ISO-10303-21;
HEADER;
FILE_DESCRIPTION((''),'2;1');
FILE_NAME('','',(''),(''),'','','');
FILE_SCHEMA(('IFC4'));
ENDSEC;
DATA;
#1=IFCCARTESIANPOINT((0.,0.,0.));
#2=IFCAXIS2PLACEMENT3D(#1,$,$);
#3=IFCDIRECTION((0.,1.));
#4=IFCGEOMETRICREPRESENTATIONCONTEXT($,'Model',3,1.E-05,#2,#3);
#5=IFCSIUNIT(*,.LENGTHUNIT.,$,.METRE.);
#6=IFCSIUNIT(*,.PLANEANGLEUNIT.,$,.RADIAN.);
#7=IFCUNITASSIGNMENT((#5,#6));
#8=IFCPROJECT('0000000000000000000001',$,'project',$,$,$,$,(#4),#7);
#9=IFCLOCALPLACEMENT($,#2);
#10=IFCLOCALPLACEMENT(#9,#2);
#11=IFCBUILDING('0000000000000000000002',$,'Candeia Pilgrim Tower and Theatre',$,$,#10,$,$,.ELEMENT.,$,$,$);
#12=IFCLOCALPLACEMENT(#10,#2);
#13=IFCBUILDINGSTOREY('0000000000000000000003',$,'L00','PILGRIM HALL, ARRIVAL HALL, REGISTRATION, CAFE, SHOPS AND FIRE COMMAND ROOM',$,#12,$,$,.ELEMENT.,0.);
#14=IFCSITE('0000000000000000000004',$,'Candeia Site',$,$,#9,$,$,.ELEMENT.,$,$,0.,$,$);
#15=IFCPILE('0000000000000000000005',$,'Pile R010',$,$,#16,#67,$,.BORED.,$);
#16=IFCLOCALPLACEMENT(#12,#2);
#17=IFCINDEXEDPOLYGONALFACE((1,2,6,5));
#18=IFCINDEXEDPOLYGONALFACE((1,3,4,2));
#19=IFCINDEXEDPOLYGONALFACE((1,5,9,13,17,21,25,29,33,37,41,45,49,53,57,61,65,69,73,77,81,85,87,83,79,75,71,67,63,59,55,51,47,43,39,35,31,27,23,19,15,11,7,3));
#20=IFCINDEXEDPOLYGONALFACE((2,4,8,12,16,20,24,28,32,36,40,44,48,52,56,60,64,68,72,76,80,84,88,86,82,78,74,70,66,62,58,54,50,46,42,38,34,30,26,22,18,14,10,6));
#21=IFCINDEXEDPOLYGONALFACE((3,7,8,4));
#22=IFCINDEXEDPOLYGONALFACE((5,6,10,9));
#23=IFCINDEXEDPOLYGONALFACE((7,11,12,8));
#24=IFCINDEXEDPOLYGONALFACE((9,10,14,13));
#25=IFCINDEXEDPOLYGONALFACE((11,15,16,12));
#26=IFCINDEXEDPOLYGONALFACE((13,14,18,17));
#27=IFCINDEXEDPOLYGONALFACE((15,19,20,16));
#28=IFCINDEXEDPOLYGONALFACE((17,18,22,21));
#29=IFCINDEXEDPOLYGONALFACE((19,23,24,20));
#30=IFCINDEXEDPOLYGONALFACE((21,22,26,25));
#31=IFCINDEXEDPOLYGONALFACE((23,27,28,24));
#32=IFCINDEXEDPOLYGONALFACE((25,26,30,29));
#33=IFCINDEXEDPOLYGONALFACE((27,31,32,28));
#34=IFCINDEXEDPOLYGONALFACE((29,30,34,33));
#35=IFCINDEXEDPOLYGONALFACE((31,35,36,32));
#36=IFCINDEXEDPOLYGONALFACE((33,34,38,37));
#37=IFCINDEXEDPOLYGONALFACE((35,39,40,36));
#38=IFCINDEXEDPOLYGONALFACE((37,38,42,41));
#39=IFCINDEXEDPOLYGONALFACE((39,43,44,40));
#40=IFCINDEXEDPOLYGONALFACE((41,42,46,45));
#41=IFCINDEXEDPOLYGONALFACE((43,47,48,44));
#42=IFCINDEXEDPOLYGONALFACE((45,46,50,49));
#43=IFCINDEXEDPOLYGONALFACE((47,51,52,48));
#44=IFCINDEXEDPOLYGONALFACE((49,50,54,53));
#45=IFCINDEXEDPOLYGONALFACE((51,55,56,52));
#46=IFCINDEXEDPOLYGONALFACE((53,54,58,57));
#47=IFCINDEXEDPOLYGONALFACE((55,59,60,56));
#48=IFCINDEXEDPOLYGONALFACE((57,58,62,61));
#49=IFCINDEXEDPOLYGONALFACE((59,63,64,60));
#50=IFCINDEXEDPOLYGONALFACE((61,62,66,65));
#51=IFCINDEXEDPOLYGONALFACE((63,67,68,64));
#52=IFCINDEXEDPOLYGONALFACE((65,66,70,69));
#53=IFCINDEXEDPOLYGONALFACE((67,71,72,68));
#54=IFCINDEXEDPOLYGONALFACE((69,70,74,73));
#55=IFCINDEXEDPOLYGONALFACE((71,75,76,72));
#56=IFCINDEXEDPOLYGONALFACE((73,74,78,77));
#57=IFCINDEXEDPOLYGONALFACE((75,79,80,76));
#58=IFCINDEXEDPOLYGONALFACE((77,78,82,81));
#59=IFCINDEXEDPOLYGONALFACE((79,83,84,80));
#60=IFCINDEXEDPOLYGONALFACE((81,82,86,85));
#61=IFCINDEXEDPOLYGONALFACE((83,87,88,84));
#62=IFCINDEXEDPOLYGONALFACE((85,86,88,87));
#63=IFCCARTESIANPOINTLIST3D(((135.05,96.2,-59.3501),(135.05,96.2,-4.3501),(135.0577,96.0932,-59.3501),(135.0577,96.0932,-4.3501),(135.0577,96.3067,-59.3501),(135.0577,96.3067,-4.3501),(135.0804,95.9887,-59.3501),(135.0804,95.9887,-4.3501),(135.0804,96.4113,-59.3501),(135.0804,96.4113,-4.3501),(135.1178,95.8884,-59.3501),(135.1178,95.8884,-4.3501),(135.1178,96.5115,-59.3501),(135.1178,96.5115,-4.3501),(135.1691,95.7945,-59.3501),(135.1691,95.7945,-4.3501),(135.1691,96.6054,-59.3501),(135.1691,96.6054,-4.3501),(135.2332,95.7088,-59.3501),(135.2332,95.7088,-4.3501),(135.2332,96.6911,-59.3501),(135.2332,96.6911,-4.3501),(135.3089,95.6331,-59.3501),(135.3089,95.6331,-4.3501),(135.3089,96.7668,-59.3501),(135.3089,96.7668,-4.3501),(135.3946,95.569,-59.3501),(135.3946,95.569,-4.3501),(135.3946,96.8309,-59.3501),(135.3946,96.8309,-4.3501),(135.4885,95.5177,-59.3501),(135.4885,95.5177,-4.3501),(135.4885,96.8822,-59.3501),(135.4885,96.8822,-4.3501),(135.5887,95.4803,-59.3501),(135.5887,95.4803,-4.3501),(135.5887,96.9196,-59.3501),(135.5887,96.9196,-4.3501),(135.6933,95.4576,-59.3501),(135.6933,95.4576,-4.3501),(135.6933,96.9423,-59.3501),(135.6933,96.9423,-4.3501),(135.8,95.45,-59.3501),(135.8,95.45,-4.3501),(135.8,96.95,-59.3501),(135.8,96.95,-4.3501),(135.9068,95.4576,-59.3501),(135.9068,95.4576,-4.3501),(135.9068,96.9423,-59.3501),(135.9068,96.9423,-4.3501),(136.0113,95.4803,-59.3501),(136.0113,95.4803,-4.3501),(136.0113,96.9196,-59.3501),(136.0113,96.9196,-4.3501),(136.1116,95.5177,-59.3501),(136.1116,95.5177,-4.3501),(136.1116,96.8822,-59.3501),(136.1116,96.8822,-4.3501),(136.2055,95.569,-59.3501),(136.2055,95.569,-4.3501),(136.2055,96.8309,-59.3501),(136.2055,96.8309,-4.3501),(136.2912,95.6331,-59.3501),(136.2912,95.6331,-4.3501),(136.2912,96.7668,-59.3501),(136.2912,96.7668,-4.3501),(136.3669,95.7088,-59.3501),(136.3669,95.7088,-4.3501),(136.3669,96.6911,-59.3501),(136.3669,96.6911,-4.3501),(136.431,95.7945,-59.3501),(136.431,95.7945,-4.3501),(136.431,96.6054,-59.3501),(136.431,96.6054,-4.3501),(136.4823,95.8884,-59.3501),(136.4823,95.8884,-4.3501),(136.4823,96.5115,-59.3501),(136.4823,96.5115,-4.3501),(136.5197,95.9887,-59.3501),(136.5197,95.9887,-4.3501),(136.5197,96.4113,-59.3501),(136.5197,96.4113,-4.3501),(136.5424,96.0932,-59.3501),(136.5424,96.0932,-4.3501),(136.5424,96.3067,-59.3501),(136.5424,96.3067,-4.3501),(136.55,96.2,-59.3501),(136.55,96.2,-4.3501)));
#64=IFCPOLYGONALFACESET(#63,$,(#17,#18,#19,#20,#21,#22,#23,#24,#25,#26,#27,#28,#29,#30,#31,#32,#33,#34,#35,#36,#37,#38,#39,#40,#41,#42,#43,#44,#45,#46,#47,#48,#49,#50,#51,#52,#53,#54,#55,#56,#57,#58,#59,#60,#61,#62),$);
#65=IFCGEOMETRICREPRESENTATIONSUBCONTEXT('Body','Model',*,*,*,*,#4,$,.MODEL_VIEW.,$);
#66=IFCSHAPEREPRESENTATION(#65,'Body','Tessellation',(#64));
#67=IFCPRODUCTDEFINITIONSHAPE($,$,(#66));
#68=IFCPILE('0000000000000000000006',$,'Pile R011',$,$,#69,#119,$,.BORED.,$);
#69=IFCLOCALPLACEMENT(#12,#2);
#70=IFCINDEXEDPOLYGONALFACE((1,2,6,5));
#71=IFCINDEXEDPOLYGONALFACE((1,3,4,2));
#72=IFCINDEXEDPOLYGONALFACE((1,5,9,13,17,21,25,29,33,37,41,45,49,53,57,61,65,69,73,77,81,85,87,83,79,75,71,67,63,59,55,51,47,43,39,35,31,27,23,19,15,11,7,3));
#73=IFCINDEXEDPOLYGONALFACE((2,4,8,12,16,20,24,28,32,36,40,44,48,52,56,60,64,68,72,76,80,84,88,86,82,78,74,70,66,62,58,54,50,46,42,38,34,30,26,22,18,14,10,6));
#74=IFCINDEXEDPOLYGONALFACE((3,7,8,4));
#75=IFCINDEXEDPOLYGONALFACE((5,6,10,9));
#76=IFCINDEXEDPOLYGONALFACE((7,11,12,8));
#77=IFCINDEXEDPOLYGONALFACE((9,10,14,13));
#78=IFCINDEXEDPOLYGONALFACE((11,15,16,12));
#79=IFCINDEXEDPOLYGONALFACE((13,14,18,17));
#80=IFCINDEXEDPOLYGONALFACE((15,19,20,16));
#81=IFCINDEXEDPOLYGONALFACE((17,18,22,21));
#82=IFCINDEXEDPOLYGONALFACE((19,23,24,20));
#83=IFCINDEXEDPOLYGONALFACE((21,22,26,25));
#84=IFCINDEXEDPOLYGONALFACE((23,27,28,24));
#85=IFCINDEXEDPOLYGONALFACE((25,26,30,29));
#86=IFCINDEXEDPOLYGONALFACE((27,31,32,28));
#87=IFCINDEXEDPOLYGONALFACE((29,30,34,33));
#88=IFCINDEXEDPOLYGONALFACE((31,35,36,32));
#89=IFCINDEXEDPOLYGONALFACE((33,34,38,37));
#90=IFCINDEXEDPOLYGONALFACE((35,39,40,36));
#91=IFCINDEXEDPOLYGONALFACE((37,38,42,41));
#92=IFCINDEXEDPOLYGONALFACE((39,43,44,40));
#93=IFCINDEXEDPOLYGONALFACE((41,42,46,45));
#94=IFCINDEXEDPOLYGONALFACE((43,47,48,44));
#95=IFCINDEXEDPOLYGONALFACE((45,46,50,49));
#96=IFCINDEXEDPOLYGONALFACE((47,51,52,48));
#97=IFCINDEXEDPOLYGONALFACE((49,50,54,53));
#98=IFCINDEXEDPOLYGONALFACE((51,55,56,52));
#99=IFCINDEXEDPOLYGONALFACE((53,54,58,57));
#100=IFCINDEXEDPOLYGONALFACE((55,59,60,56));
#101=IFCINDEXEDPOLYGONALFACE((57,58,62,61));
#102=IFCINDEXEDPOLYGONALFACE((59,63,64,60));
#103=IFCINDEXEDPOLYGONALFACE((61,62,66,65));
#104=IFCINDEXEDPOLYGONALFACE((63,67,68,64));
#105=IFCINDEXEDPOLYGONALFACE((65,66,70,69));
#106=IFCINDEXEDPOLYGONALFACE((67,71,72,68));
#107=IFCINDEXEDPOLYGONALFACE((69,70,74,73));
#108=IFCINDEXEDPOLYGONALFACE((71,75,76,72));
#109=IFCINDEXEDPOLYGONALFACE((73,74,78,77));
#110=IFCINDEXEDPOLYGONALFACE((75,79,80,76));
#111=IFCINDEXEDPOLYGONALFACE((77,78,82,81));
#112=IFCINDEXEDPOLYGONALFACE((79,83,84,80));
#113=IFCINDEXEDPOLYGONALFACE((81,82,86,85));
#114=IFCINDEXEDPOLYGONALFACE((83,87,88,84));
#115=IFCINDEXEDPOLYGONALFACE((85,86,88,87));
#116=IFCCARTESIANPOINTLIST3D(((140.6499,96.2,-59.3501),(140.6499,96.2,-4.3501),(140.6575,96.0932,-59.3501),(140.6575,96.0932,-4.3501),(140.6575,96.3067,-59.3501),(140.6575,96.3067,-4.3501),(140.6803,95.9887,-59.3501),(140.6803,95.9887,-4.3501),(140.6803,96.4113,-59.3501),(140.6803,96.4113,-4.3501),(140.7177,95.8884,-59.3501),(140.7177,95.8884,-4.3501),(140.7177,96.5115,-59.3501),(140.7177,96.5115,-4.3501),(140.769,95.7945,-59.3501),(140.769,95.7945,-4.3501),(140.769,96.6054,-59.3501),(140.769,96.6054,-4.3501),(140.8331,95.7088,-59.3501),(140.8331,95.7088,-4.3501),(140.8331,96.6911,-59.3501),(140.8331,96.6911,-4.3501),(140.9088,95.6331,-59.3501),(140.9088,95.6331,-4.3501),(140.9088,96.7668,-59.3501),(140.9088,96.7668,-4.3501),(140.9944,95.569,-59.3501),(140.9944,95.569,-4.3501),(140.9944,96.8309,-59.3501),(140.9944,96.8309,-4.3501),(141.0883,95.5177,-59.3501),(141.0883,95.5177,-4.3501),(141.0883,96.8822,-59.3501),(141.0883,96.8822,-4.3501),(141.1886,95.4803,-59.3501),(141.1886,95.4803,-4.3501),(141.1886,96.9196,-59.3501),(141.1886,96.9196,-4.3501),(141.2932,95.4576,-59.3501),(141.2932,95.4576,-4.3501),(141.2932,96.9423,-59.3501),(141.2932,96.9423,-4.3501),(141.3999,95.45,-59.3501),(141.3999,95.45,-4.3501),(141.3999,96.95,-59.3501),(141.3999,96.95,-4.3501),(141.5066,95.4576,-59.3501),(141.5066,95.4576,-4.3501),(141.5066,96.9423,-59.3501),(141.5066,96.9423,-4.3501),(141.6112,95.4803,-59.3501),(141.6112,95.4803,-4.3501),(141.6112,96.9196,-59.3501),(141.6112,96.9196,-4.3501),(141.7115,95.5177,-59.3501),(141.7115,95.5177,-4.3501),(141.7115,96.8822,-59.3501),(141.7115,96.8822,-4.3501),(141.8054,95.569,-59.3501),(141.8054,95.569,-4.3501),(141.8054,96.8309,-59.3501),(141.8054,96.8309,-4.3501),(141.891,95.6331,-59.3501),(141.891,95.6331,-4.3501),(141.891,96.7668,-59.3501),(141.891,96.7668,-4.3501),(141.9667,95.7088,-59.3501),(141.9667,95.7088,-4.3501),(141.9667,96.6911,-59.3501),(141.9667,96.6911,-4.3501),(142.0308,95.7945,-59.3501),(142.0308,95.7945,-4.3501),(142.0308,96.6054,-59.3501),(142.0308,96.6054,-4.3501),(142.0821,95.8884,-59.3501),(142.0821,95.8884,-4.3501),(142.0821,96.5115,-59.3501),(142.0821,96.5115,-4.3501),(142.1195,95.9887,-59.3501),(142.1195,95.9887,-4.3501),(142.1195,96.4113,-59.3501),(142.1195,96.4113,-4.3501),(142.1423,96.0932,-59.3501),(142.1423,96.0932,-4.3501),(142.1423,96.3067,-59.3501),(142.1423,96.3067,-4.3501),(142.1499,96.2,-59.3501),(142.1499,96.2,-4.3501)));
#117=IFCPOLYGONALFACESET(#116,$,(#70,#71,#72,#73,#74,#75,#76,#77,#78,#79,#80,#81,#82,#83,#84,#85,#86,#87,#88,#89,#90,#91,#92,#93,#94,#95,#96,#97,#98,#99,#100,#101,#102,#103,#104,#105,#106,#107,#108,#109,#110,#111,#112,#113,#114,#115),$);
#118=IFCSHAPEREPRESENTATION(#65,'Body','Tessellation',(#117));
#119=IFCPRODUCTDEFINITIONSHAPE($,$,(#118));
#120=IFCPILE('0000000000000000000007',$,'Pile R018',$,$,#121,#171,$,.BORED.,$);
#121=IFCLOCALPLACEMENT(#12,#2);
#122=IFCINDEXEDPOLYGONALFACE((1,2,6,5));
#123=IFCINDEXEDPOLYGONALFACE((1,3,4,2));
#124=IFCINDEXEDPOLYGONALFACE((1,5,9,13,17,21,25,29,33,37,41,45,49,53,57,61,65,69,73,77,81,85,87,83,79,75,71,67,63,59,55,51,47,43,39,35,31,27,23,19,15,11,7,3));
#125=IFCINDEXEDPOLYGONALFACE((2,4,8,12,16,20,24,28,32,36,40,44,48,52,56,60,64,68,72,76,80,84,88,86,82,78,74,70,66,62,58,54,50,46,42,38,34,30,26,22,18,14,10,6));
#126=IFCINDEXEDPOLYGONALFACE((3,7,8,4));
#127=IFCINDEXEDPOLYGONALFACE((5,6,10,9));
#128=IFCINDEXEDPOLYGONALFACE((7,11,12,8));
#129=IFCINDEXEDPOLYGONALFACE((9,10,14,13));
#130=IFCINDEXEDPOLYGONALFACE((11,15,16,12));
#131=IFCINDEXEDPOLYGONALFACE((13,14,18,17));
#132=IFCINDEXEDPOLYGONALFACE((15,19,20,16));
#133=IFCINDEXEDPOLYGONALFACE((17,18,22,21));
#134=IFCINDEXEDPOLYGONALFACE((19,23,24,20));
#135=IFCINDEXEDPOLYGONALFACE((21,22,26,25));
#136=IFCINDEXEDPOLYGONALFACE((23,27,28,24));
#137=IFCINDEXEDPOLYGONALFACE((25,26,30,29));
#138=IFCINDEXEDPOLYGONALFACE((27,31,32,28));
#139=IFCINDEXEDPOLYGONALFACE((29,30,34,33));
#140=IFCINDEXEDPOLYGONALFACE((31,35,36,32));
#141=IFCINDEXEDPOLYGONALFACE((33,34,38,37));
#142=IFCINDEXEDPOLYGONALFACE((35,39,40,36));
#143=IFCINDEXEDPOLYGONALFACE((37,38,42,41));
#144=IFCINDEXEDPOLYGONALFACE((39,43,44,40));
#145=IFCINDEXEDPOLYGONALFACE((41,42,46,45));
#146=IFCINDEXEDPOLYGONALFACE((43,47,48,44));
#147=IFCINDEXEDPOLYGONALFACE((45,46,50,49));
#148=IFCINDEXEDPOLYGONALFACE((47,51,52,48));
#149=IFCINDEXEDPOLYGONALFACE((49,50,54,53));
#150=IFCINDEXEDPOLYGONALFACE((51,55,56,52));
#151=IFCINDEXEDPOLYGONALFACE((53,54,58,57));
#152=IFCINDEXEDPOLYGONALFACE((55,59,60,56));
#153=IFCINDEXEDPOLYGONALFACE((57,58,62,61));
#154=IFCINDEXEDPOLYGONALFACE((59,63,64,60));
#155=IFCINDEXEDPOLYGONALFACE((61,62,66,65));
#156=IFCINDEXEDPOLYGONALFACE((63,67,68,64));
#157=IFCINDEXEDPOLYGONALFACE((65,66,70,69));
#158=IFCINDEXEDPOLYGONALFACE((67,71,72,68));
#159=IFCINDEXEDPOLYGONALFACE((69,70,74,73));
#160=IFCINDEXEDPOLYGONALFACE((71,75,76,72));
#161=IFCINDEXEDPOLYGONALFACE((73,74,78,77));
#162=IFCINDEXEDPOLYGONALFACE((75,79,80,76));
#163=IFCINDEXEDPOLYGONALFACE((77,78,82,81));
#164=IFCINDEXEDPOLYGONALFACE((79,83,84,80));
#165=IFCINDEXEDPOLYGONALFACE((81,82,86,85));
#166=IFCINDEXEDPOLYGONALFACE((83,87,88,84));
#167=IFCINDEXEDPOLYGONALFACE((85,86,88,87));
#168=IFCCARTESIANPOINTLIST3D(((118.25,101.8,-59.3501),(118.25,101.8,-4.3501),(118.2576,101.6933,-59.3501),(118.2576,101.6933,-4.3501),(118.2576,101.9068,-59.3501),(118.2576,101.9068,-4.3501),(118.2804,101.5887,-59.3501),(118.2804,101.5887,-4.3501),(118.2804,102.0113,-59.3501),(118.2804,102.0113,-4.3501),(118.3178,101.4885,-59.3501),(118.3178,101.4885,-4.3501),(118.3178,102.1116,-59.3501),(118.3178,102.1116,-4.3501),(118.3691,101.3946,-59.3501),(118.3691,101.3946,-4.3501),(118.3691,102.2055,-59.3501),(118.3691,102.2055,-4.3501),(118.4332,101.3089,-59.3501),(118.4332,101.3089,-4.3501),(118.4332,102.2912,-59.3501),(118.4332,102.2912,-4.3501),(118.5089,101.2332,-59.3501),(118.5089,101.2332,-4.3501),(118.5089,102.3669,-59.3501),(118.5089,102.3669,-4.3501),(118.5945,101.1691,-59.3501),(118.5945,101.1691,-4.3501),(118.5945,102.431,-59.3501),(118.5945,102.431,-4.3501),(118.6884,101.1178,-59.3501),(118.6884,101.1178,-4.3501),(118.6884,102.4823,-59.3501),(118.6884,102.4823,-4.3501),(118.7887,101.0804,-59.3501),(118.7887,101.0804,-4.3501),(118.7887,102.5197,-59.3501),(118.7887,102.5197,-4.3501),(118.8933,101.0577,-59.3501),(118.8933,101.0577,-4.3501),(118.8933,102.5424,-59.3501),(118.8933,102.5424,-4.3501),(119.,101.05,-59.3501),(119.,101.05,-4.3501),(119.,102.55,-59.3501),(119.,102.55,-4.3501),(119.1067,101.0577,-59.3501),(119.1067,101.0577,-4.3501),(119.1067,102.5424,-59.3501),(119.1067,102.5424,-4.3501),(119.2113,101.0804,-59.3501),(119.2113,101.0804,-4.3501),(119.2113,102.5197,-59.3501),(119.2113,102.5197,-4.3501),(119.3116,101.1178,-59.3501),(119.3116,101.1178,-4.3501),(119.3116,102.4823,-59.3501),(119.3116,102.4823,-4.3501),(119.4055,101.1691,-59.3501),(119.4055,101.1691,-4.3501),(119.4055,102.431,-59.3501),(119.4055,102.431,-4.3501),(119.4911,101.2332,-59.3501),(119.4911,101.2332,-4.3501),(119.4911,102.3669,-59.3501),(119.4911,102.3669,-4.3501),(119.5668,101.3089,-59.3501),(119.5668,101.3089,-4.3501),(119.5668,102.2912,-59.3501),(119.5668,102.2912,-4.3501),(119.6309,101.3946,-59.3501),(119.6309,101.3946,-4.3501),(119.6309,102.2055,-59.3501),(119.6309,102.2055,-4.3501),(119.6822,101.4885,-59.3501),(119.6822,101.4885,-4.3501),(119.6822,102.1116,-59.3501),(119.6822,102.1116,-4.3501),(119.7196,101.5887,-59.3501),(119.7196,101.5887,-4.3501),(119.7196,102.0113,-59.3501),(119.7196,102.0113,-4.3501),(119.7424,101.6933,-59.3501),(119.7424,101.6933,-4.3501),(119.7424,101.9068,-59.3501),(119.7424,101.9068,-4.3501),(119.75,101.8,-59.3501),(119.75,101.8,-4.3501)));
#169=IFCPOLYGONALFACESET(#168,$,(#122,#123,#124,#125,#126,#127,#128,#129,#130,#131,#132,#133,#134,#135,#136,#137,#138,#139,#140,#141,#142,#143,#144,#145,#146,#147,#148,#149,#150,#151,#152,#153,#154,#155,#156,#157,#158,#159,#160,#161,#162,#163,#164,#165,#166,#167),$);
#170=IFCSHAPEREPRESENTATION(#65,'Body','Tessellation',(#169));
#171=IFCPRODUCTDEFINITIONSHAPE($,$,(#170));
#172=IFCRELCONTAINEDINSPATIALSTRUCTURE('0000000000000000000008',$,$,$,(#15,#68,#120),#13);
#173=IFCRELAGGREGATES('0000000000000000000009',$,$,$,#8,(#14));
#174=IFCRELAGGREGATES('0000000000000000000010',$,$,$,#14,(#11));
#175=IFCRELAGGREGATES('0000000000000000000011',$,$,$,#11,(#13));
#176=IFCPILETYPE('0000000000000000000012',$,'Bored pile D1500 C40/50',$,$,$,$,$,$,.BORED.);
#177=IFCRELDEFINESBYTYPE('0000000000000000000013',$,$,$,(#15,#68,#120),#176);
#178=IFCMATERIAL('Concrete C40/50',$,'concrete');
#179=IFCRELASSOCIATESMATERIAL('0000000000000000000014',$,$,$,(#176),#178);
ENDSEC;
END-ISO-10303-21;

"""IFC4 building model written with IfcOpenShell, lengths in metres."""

from ifc_helpers import new_model, si_unit, direction, frame, origin, origin_2d, place, context, subcontext, project, spatial, circle, extrude, material, material_profile, profile_set, type_object, element, save


model = new_model("IFC4")

# Units and contexts
model_context = context("Model", 3, precision=1e-05, world=origin(), true_north=direction((0.0, 1.0)))
body_context = subcontext(model_context, "Body", "Model", "MODEL_VIEW")
ifc_project = project(units=[si_unit("LENGTHUNIT", "METRE"), si_unit("PLANEANGLEUNIT", "RADIAN")], contexts=[model_context])

# Site, building, storey
site_placement = place(None, origin())
site = spatial("IfcSite", under=ifc_project, at=site_placement, Name="Candeia Site", CompositionType="ELEMENT", RefElevation=0.0)
building_placement = place(site_placement, origin())
building = spatial("IfcBuilding", under=site, at=building_placement, Name="Candeia Pilgrim Tower and Theatre", CompositionType="ELEMENT")
storey_placement = place(building_placement, origin())
storey = spatial("IfcBuildingStorey", under=building, at=storey_placement, Name="L00", Description="PILGRIM HALL, ARRIVAL HALL, REGISTRATION, CAFE, SHOPS AND FIRE COMMAND ROOM", CompositionType="ELEMENT", Elevation=0.0)

# Piles
ifc_material_1 = material(Name="Concrete C40/50", Category="concrete")
ifc_material_profile_1 = material_profile(ifc_material_1, circle(Radius=0.75, at=origin_2d()))
ifc_profile_set_1 = profile_set([ifc_material_profile_1], Name="Concrete C40/50")
pile_type = type_object("IfcPileType", Name="Bored pile D1500 C40/50", PredefinedType="BORED", material=ifc_profile_set_1)
for number, where, z_axis, x_axis, name in (
    (1, (135.8, 96.2, -4.3501), (0.0, 0.0, -1.0), (1.0, 0.0, 0.0), "Pile R010"),
    (2, (141.3999, 96.2, -4.3501), (0.0, 0.0, -1.0), (1.0, 0.0, 0.0), "Pile R011"),
    (3, (119.0, 101.8, -4.3501), (0.0, 0.0, -1.0), (1.0, 0.0, 0.0), "Pile R018"),
):
    element("IfcPile", number, at=place(storey_placement, frame(where, z_axis=z_axis, x_axis=x_axis)), inside=storey, type_object=pile_type, Name=name, PredefinedType="BORED", context=body_context, shape_type="SweptSolid", body=[
        extrude(circle(Radius=0.75, at=origin_2d()), origin(), (0.0, 0.0, 1.0), 55.0),
    ])

save(model, "model.ifc")
